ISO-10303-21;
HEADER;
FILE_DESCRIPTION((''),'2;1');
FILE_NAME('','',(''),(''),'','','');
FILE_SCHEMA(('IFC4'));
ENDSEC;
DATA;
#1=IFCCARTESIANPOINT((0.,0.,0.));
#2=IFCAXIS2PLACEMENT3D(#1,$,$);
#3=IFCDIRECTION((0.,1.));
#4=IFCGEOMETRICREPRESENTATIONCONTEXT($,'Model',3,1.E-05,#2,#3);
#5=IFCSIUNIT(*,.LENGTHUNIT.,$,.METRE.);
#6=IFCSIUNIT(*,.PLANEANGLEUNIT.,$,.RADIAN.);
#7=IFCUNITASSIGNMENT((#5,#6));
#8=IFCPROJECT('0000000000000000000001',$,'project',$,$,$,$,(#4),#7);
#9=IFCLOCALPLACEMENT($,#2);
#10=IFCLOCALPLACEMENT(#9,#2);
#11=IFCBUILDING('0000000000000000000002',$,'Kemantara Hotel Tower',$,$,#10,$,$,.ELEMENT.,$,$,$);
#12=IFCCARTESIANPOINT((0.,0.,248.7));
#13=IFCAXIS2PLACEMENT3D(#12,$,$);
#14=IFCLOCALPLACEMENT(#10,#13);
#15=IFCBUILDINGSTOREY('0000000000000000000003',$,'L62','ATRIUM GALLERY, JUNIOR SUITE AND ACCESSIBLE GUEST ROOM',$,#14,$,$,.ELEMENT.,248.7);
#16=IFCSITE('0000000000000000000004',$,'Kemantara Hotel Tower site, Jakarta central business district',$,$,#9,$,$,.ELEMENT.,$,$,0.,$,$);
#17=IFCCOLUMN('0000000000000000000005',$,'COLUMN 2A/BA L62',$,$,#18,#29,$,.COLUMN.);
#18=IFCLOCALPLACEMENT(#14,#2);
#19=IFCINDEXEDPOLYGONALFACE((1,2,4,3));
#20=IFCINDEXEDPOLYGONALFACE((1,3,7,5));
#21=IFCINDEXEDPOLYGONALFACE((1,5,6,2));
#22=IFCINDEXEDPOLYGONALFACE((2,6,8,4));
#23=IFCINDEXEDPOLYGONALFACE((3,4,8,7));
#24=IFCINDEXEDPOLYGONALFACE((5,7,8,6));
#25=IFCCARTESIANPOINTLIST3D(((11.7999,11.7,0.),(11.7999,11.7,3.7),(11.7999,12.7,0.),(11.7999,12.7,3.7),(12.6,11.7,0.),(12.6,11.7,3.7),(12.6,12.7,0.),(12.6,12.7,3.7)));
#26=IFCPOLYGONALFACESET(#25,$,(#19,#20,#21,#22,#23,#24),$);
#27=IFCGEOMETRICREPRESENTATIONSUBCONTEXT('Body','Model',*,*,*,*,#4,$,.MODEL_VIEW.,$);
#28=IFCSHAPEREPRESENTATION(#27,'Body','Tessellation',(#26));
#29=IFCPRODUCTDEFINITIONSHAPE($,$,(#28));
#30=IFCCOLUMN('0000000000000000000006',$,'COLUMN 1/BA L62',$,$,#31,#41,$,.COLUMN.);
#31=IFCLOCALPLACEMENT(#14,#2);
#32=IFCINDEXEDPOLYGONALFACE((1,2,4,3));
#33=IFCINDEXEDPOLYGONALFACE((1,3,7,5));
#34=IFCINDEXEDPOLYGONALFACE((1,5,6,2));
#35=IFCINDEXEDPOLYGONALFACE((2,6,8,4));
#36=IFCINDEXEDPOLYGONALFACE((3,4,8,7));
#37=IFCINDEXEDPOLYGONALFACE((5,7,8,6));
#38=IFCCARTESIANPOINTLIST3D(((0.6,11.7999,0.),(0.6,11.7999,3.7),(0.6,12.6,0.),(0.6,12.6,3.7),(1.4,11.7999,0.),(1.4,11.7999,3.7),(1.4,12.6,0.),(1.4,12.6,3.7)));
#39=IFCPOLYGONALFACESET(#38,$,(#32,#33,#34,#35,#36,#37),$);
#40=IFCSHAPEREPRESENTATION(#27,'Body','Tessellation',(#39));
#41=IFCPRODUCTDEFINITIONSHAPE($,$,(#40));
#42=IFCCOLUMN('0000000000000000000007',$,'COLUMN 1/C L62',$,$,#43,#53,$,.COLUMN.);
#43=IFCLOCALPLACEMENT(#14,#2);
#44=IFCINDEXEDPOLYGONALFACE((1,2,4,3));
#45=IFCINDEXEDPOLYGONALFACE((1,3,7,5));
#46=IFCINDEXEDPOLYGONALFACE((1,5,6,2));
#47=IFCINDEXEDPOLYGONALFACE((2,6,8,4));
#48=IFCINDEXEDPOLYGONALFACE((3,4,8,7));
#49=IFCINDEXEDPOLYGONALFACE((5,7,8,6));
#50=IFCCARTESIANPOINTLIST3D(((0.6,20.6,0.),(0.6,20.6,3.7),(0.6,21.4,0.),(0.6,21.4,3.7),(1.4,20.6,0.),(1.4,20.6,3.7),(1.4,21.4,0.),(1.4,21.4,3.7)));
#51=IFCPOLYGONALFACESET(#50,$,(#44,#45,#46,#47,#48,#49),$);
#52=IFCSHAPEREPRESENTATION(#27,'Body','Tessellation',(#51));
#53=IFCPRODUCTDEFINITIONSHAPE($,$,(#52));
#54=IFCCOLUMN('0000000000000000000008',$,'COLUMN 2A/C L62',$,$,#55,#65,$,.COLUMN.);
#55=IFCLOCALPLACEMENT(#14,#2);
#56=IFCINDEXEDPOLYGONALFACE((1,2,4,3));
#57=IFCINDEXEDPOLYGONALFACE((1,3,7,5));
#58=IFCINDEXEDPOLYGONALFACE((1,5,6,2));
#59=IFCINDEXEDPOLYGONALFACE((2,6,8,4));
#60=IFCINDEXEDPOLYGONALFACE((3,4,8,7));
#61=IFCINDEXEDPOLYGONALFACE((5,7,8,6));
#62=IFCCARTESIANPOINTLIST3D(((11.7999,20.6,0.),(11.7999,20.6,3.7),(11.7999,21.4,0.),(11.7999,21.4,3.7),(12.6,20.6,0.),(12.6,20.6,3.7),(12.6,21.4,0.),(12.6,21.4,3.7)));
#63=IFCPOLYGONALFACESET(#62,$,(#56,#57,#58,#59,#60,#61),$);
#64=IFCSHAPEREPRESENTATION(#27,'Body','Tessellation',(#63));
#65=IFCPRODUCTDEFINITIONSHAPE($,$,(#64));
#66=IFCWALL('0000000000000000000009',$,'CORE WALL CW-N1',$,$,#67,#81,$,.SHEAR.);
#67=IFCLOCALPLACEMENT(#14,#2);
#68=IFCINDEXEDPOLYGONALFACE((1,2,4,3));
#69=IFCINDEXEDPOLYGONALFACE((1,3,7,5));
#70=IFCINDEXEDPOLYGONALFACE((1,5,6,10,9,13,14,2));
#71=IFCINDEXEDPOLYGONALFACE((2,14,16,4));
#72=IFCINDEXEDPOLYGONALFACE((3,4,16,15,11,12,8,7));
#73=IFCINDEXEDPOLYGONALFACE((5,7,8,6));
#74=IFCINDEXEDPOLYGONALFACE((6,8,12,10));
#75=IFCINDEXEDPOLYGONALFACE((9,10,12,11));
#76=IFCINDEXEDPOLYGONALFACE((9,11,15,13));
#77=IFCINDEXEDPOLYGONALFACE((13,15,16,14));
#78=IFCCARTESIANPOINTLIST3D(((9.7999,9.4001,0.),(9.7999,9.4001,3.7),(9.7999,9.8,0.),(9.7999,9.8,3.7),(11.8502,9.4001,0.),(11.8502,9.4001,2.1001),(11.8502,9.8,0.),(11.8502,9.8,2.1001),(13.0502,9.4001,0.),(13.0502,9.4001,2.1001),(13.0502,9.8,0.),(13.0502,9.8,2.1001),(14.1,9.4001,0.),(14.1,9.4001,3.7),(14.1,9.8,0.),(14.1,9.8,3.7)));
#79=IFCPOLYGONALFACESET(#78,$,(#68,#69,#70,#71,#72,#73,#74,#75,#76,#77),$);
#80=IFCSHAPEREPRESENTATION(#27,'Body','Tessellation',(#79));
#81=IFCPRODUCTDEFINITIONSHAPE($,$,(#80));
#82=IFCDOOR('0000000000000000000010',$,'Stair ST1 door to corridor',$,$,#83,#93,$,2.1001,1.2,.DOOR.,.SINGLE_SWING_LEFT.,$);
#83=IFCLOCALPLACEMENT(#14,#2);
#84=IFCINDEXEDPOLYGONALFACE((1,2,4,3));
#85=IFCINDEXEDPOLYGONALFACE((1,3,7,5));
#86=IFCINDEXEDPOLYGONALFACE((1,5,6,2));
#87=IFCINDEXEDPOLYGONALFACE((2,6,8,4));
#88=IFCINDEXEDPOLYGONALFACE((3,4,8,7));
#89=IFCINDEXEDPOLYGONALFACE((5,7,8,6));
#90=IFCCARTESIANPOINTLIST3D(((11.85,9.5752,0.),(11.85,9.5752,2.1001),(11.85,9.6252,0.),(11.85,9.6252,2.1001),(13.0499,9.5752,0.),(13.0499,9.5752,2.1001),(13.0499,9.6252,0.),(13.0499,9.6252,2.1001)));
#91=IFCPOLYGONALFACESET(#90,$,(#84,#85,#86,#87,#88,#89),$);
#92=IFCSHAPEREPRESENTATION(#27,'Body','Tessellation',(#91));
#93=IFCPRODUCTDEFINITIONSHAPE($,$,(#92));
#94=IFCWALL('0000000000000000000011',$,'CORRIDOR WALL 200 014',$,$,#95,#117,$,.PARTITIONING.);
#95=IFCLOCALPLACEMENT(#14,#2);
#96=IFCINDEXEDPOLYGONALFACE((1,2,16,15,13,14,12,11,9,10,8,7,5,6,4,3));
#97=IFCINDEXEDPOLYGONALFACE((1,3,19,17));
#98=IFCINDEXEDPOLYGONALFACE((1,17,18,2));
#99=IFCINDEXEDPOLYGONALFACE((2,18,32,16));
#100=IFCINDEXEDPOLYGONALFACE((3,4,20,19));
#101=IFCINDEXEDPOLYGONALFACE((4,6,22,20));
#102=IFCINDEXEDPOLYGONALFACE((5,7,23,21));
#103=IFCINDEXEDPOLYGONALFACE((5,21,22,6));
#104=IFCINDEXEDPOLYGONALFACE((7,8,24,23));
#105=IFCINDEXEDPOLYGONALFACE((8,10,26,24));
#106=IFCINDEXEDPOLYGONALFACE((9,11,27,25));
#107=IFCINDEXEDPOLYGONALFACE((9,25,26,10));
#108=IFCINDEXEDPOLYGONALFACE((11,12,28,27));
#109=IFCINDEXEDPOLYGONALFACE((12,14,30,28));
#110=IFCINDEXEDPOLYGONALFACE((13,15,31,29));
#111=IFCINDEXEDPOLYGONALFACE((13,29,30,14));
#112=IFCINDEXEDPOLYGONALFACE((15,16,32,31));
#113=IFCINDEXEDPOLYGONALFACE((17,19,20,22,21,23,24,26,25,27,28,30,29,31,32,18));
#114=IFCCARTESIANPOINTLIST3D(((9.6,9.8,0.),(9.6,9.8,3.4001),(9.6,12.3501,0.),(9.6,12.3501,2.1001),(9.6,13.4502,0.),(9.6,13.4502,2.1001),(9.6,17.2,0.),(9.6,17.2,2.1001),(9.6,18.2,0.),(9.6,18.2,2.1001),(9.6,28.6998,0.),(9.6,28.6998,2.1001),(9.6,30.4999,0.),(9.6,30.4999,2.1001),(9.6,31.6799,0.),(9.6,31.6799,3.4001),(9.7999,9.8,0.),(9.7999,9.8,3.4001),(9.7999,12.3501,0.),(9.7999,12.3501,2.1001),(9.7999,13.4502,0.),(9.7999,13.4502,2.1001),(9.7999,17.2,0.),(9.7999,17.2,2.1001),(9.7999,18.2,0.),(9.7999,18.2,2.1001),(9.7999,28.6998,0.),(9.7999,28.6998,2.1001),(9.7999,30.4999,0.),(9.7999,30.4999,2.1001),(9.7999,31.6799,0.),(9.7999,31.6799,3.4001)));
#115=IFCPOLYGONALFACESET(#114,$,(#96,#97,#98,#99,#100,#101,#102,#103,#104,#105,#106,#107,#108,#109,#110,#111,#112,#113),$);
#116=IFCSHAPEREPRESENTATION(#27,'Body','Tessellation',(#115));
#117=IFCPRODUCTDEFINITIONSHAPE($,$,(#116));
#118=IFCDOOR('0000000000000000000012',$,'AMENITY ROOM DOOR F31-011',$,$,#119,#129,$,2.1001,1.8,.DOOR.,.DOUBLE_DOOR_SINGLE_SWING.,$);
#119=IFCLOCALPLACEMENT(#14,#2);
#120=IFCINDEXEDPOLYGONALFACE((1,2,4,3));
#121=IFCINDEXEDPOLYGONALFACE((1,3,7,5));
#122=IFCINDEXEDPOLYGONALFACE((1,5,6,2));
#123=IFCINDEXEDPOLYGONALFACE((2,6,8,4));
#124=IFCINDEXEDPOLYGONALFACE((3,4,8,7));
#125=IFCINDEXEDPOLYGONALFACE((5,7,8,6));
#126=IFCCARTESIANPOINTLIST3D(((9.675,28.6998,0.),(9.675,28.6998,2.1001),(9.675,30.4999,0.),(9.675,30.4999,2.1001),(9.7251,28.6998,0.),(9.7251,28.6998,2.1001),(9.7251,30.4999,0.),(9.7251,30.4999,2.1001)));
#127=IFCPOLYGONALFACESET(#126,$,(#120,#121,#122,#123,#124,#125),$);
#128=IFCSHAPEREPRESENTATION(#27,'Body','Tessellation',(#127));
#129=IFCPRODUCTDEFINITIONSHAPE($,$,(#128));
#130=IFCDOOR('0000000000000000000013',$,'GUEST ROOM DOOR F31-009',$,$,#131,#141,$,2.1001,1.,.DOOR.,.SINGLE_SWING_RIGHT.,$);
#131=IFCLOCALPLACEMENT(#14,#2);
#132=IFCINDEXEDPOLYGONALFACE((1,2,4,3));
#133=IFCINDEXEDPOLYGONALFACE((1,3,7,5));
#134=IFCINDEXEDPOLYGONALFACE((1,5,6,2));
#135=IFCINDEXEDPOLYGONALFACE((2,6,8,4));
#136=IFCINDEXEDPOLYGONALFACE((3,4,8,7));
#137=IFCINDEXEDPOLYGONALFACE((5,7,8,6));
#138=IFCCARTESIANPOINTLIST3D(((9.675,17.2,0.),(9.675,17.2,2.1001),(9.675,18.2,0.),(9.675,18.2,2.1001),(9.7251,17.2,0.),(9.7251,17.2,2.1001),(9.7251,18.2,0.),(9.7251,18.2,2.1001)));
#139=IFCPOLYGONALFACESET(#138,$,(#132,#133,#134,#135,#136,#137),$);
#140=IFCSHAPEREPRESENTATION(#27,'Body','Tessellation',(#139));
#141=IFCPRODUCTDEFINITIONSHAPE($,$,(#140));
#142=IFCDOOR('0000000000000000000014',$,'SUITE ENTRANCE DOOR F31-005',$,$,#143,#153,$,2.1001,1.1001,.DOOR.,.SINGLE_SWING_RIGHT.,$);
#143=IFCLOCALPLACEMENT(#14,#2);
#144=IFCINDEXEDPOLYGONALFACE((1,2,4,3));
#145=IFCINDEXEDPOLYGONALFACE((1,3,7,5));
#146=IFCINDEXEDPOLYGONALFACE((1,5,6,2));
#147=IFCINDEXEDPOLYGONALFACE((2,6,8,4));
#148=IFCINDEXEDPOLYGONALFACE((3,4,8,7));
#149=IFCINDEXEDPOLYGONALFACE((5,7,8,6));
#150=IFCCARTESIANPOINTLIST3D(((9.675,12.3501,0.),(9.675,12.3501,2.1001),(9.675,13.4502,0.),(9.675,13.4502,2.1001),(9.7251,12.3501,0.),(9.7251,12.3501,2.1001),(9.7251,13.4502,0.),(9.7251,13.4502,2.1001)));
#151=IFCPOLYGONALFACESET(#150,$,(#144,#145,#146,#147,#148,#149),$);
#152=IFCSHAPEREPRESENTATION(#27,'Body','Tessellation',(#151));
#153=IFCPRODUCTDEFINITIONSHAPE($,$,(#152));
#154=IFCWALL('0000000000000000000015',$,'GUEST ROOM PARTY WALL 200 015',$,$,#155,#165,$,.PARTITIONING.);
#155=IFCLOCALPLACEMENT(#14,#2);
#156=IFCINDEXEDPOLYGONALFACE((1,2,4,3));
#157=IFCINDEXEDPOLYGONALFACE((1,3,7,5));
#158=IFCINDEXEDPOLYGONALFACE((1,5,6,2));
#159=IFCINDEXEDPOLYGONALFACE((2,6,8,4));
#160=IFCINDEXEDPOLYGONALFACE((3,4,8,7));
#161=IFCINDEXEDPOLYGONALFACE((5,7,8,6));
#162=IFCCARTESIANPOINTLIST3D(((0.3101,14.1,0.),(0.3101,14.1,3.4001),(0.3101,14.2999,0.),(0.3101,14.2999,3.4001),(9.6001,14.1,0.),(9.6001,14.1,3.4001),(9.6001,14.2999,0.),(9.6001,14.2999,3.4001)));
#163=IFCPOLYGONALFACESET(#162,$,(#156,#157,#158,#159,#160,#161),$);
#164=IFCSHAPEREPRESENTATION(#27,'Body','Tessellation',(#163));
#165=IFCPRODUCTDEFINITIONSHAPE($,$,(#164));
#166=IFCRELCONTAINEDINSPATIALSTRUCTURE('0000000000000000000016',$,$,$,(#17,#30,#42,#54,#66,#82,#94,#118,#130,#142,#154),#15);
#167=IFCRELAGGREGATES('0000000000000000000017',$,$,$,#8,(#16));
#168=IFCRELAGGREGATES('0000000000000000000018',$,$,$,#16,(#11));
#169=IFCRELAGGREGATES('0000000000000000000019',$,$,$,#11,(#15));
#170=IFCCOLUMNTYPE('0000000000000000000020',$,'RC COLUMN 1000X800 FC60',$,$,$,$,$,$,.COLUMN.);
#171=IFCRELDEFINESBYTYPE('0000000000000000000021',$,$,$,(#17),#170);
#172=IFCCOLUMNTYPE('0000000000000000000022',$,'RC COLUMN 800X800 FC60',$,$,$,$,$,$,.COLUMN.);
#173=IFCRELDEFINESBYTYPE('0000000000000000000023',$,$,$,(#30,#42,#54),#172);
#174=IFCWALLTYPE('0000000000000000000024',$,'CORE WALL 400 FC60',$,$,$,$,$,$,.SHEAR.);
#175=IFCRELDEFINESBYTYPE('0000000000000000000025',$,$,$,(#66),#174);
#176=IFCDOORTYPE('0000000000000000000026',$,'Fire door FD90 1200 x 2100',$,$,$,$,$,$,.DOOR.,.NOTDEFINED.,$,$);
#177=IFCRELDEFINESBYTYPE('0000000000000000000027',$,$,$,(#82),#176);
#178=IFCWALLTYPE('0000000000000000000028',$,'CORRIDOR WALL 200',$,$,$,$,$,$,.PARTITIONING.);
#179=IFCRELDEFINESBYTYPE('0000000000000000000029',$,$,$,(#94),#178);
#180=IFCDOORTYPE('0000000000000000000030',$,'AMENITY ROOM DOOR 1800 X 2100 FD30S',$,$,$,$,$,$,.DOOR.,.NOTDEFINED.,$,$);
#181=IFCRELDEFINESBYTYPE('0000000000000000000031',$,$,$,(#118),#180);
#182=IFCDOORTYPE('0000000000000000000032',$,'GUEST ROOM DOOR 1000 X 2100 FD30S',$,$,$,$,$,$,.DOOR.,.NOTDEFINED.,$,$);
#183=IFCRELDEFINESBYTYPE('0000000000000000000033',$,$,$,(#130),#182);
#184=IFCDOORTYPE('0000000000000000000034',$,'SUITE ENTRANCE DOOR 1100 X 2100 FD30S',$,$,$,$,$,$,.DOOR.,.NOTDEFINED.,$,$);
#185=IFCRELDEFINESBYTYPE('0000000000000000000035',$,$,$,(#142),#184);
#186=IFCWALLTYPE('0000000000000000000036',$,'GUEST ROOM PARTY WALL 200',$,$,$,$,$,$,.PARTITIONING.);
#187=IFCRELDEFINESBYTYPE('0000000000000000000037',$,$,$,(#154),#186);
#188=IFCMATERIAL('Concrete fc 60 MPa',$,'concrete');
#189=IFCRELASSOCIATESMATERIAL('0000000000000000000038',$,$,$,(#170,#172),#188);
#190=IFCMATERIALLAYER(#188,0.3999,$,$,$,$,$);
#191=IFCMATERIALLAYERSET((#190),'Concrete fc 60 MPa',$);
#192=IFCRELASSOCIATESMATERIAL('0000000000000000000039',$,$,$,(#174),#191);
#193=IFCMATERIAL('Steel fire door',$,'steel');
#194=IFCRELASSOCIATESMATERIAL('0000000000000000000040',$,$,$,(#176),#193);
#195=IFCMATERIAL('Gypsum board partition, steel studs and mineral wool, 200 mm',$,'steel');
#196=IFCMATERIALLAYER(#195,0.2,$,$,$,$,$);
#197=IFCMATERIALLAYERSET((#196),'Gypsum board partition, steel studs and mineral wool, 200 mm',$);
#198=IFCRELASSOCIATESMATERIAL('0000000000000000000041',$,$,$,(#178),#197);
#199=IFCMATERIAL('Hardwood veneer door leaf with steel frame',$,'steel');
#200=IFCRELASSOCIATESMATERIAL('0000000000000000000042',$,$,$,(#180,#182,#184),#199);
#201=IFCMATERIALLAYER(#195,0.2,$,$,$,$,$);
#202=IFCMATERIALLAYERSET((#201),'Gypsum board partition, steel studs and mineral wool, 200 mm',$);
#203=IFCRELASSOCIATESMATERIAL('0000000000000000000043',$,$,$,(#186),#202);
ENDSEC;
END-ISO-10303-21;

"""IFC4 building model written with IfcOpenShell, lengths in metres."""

from ifc_helpers import new_model, si_unit, direction, frame, frame_2d, origin, origin_2d, place, context, subcontext, project, spatial, rectangle, extrude, material, layer, layer_set, material_profile, profile_set, type_object, element, fill, save


model = new_model("IFC4")

# Units and contexts
model_context = context("Model", 3, precision=1e-05, world=origin(), true_north=direction((0.0, 1.0)))
body_context = subcontext(model_context, "Body", "Model", "MODEL_VIEW")
ifc_project = project(units=[si_unit("LENGTHUNIT", "METRE"), si_unit("PLANEANGLEUNIT", "RADIAN")], contexts=[model_context])

# Site, building, storey
site_placement = place(None, origin())
site = spatial("IfcSite", under=ifc_project, at=site_placement, Name="Kemantara Hotel Tower site, Jakarta central business district", CompositionType="ELEMENT", RefElevation=0.0)
building_placement = place(site_placement, origin())
building = spatial("IfcBuilding", under=site, at=building_placement, Name="Kemantara Hotel Tower", CompositionType="ELEMENT")
storey_placement = place(building_placement, frame((0.0, 0.0, 248.7)))
storey = spatial("IfcBuildingStorey", under=building, at=storey_placement, Name="L62", Description="ATRIUM GALLERY, JUNIOR SUITE AND ACCESSIBLE GUEST ROOM", CompositionType="ELEMENT", Elevation=248.7)

# Columns
ifc_material_1 = material(Name="Concrete fc 60 MPa", Category="concrete")
ifc_material_profile_1 = material_profile(ifc_material_1, rectangle(XDim=1.0, YDim=0.8, at=origin_2d()), Name="RC 1000X800")
ifc_profile_set_1 = profile_set([ifc_material_profile_1], Name="Concrete fc 60 MPa")
column_type_1 = type_object("IfcColumnType", Name="RC COLUMN 1000X800 FC60", PredefinedType="COLUMN", material=ifc_profile_set_1)
column_placement = place(storey_placement, frame((12.2, 12.2, 0.0), z_axis=(0.0, 0.0, 1.0), x_axis=(0.0, 1.0, 0.0)))
element("IfcColumn", 1, at=column_placement, inside=storey, type_object=column_type_1, Name="COLUMN 2A/BA L62", PredefinedType="COLUMN", context=body_context, shape_type="SweptSolid", body=[
    extrude(rectangle(XDim=1.0, YDim=0.8, at=origin_2d()), origin(), (0.0, 0.0, 1.0), 3.7),
])
ifc_material_profile_2 = material_profile(ifc_material_1, rectangle(XDim=0.8, YDim=0.8, at=origin_2d()), Name="RC 800X800")
ifc_profile_set_2 = profile_set([ifc_material_profile_2], Name="Concrete fc 60 MPa")
column_type_2 = type_object("IfcColumnType", Name="RC COLUMN 800X800 FC60", PredefinedType="COLUMN", material=ifc_profile_set_2)
for number, where, z_axis, x_axis, name in (
    (2, (1.0, 12.2, 0.0), (0.0, 0.0, 1.0), (1.0, 0.0, 0.0), "COLUMN 1/BA L62"),
    (3, (1.0, 21.0, 0.0), (0.0, 0.0, 1.0), (1.0, 0.0, 0.0), "COLUMN 1/C L62"),
    (4, (12.2, 21.0, 0.0), (0.0, 0.0, 1.0), (1.0, 0.0, 0.0), "COLUMN 2A/C L62"),
):
    element("IfcColumn", number, at=place(storey_placement, frame(where, z_axis=z_axis, x_axis=x_axis)), inside=storey, type_object=column_type_2, Name=name, PredefinedType="COLUMN", context=body_context, shape_type="SweptSolid", body=[
        extrude(rectangle(XDim=0.8, YDim=0.8, at=origin_2d()), origin(), (0.0, 0.0, 1.0), 3.7),
    ])

# Wall, opening, door
ifc_layer_1 = layer(ifc_material_1, 0.3999)
ifc_layer_set_1 = layer_set([ifc_layer_1], Name="Concrete fc 60 MPa")
wall_type_1 = type_object("IfcWallType", Name="CORE WALL 400 FC60", PredefinedType="SHEAR", material=ifc_layer_set_1)
wall_1_placement = place(storey_placement, frame((9.8, 9.6001, 0.0), z_axis=(0.0, 0.0, 1.0), x_axis=(1.0, 0.0, 0.0)))
wall_1 = element("IfcWall", 5, at=wall_1_placement, inside=storey, type_object=wall_type_1, Name="CORE WALL CW-N1", PredefinedType="SHEAR", context=body_context, shape_type="SweptSolid", body=[
    extrude(rectangle(XDim=4.3, YDim=0.3999, at=frame_2d((2.1499, 0.0))), origin(), (0.0, 0.0, 1.0), 3.7),
])
opening_1_placement = place(wall_1_placement, frame((2.05, 0.0, 0.0)))
opening_1 = element("IfcOpeningElement", 6, at=opening_1_placement, cuts=wall_1, PredefinedType="OPENING", context=body_context, shape_type="SweptSolid", body=[
    extrude(rectangle(XDim=1.2, YDim=2.1001, at=frame_2d((0.6001, 1.05))), frame((0.0, 0.21, 0.0), z_axis=(0.0, -1.0, 0.0), x_axis=(1.0, 0.0, 0.0)), (0.0, 0.0, 1.0), 0.4199),
])
ifc_material_2 = material(Name="Steel fire door", Category="steel")
door_type_1 = type_object("IfcDoorType", Name="Fire door FD90 1200 x 2100", OperationType="NOTDEFINED", PredefinedType="DOOR", material=ifc_material_2)
door_1_placement = place(opening_1_placement, frame((1.2, 0.0, 0.0), z_axis=(0.0, 0.0, 1.0), x_axis=(-1.0, 0.0, 0.0)))
door_1 = element("IfcDoor", 7, at=door_1_placement, inside=storey, type_object=door_type_1, Name="Stair ST1 door to corridor", OperationType="SINGLE_SWING_LEFT", OverallHeight=2.1001, OverallWidth=1.2, PredefinedType="DOOR", context=body_context, shape_type="SweptSolid", body=[
    extrude(rectangle(XDim=1.2, YDim=2.1001, at=frame_2d((0.6001, 1.05))), frame((0.0, 0.0249, 0.0), z_axis=(0.0, -1.0, 0.0), x_axis=(1.0, 0.0, 0.0)), (0.0, 0.0, 1.0), 0.05),
])
fill(opening_1, door_1)

# Wall, openings, doors
ifc_material_3 = material(Name="Gypsum board partition, steel studs and mineral wool, 200 mm", Category="steel")
ifc_layer_2 = layer(ifc_material_3, 0.2)
ifc_layer_set_2 = layer_set([ifc_layer_2], Name="Gypsum board partition, steel studs and mineral wool, 200 mm")
wall_type_2 = type_object("IfcWallType", Name="CORRIDOR WALL 200", PredefinedType="PARTITIONING", material=ifc_layer_set_2)
wall_2_placement = place(storey_placement, frame((9.7, 9.8, 0.0), z_axis=(0.0, 0.0, 1.0), x_axis=(0.0, 1.0, 0.0)))
wall_2 = element("IfcWall", 8, at=wall_2_placement, inside=storey, type_object=wall_type_2, Name="CORRIDOR WALL 200 014", PredefinedType="PARTITIONING", context=body_context, shape_type="SweptSolid", body=[
    extrude(rectangle(XDim=21.8799, YDim=0.2, at=frame_2d((10.9399, 0.0))), origin(), (0.0, 0.0, 1.0), 3.4001),
])
opening_2_placement = place(wall_2_placement, frame((2.55, 0.0, 0.0)))
opening_2 = element("IfcOpeningElement", 9, at=opening_2_placement, cuts=wall_2, PredefinedType="OPENING", context=body_context, shape_type="SweptSolid", body=[
    extrude(rectangle(XDim=1.1001, YDim=2.1001, at=frame_2d((0.55, 1.05))), frame((0.0, 0.1099, 0.0), z_axis=(0.0, -1.0, 0.0), x_axis=(1.0, 0.0, 0.0)), (0.0, 0.0, 1.0), 0.22),
])
opening_3_placement = place(wall_2_placement, frame((7.3999, 0.0, 0.0)))
opening_3 = element("IfcOpeningElement", 10, at=opening_3_placement, cuts=wall_2, PredefinedType="OPENING", context=body_context, shape_type="SweptSolid", body=[
    extrude(rectangle(XDim=1.0, YDim=2.1001, at=frame_2d((0.5, 1.05))), frame((0.0, 0.1099, 0.0), z_axis=(0.0, -1.0, 0.0), x_axis=(1.0, 0.0, 0.0)), (0.0, 0.0, 1.0), 0.22),
])
opening_4_placement = place(wall_2_placement, frame((18.8999, 0.0, 0.0)))
opening_4 = element("IfcOpeningElement", 11, at=opening_4_placement, cuts=wall_2, PredefinedType="OPENING", context=body_context, shape_type="SweptSolid", body=[
    extrude(rectangle(XDim=1.8, YDim=2.1001, at=frame_2d((0.8999, 1.05))), frame((0.0, 0.1099, 0.0), z_axis=(0.0, -1.0, 0.0), x_axis=(1.0, 0.0, 0.0)), (0.0, 0.0, 1.0), 0.22),
])
ifc_material_4 = material(Name="Hardwood veneer door leaf with steel frame", Category="steel")
door_type_2 = type_object("IfcDoorType", Name="AMENITY ROOM DOOR 1800 X 2100 FD30S", OperationType="NOTDEFINED", PredefinedType="DOOR", material=ifc_material_4)
door_2_placement = place(opening_4_placement, origin())
door_2 = element("IfcDoor", 12, at=door_2_placement, inside=storey, type_object=door_type_2, Name="AMENITY ROOM DOOR F31-011", OperationType="DOUBLE_DOOR_SINGLE_SWING", OverallHeight=2.1001, OverallWidth=1.8, PredefinedType="DOOR", context=body_context, shape_type="SweptSolid", body=[
    extrude(rectangle(XDim=1.8, YDim=2.1001, at=frame_2d((0.8999, 1.05))), frame((0.0, 0.0249, 0.0), z_axis=(0.0, -1.0, 0.0), x_axis=(1.0, 0.0, 0.0)), (0.0, 0.0, 1.0), 0.05),
])
fill(opening_4, door_2)
door_type_3 = type_object("IfcDoorType", Name="GUEST ROOM DOOR 1000 X 2100 FD30S", OperationType="NOTDEFINED", PredefinedType="DOOR", material=ifc_material_4)
door_3_placement = place(opening_3_placement, origin())
door_3 = element("IfcDoor", 13, at=door_3_placement, inside=storey, type_object=door_type_3, Name="GUEST ROOM DOOR F31-009", OperationType="SINGLE_SWING_RIGHT", OverallHeight=2.1001, OverallWidth=1.0, PredefinedType="DOOR", context=body_context, shape_type="SweptSolid", body=[
    extrude(rectangle(XDim=1.0, YDim=2.1001, at=frame_2d((0.5, 1.05))), frame((0.0, 0.0249, 0.0), z_axis=(0.0, -1.0, 0.0), x_axis=(1.0, 0.0, 0.0)), (0.0, 0.0, 1.0), 0.05),
])
fill(opening_3, door_3)
door_type_4 = type_object("IfcDoorType", Name="SUITE ENTRANCE DOOR 1100 X 2100 FD30S", OperationType="NOTDEFINED", PredefinedType="DOOR", material=ifc_material_4)
door_4_placement = place(opening_2_placement, origin())
door_4 = element("IfcDoor", 14, at=door_4_placement, inside=storey, type_object=door_type_4, Name="SUITE ENTRANCE DOOR F31-005", OperationType="SINGLE_SWING_RIGHT", OverallHeight=2.1001, OverallWidth=1.1001, PredefinedType="DOOR", context=body_context, shape_type="SweptSolid", body=[
    extrude(rectangle(XDim=1.1001, YDim=2.1001, at=frame_2d((0.55, 1.05))), frame((0.0, 0.0249, 0.0), z_axis=(0.0, -1.0, 0.0), x_axis=(1.0, 0.0, 0.0)), (0.0, 0.0, 1.0), 0.05),
])
fill(opening_2, door_4)

# Wall
ifc_layer_3 = layer(ifc_material_3, 0.2)
ifc_layer_set_3 = layer_set([ifc_layer_3], Name="Gypsum board partition, steel studs and mineral wool, 200 mm")
wall_type_3 = type_object("IfcWallType", Name="GUEST ROOM PARTY WALL 200", PredefinedType="PARTITIONING", material=ifc_layer_set_3)
for number, where, z_axis, x_axis, name in (
    (15, (0.3101, 14.2, 0.0), (0.0, 0.0, 1.0), (1.0, 0.0, 0.0), "GUEST ROOM PARTY WALL 200 015"),
):
    element("IfcWall", number, at=place(storey_placement, frame(where, z_axis=z_axis, x_axis=x_axis)), inside=storey, type_object=wall_type_3, Name=name, PredefinedType="PARTITIONING", context=body_context, shape_type="SweptSolid", body=[
        extrude(rectangle(XDim=9.29, YDim=0.2, at=frame_2d((4.645, 0.0))), origin(), (0.0, 0.0, 1.0), 3.4001),
    ])

save(model, "model.ifc")
